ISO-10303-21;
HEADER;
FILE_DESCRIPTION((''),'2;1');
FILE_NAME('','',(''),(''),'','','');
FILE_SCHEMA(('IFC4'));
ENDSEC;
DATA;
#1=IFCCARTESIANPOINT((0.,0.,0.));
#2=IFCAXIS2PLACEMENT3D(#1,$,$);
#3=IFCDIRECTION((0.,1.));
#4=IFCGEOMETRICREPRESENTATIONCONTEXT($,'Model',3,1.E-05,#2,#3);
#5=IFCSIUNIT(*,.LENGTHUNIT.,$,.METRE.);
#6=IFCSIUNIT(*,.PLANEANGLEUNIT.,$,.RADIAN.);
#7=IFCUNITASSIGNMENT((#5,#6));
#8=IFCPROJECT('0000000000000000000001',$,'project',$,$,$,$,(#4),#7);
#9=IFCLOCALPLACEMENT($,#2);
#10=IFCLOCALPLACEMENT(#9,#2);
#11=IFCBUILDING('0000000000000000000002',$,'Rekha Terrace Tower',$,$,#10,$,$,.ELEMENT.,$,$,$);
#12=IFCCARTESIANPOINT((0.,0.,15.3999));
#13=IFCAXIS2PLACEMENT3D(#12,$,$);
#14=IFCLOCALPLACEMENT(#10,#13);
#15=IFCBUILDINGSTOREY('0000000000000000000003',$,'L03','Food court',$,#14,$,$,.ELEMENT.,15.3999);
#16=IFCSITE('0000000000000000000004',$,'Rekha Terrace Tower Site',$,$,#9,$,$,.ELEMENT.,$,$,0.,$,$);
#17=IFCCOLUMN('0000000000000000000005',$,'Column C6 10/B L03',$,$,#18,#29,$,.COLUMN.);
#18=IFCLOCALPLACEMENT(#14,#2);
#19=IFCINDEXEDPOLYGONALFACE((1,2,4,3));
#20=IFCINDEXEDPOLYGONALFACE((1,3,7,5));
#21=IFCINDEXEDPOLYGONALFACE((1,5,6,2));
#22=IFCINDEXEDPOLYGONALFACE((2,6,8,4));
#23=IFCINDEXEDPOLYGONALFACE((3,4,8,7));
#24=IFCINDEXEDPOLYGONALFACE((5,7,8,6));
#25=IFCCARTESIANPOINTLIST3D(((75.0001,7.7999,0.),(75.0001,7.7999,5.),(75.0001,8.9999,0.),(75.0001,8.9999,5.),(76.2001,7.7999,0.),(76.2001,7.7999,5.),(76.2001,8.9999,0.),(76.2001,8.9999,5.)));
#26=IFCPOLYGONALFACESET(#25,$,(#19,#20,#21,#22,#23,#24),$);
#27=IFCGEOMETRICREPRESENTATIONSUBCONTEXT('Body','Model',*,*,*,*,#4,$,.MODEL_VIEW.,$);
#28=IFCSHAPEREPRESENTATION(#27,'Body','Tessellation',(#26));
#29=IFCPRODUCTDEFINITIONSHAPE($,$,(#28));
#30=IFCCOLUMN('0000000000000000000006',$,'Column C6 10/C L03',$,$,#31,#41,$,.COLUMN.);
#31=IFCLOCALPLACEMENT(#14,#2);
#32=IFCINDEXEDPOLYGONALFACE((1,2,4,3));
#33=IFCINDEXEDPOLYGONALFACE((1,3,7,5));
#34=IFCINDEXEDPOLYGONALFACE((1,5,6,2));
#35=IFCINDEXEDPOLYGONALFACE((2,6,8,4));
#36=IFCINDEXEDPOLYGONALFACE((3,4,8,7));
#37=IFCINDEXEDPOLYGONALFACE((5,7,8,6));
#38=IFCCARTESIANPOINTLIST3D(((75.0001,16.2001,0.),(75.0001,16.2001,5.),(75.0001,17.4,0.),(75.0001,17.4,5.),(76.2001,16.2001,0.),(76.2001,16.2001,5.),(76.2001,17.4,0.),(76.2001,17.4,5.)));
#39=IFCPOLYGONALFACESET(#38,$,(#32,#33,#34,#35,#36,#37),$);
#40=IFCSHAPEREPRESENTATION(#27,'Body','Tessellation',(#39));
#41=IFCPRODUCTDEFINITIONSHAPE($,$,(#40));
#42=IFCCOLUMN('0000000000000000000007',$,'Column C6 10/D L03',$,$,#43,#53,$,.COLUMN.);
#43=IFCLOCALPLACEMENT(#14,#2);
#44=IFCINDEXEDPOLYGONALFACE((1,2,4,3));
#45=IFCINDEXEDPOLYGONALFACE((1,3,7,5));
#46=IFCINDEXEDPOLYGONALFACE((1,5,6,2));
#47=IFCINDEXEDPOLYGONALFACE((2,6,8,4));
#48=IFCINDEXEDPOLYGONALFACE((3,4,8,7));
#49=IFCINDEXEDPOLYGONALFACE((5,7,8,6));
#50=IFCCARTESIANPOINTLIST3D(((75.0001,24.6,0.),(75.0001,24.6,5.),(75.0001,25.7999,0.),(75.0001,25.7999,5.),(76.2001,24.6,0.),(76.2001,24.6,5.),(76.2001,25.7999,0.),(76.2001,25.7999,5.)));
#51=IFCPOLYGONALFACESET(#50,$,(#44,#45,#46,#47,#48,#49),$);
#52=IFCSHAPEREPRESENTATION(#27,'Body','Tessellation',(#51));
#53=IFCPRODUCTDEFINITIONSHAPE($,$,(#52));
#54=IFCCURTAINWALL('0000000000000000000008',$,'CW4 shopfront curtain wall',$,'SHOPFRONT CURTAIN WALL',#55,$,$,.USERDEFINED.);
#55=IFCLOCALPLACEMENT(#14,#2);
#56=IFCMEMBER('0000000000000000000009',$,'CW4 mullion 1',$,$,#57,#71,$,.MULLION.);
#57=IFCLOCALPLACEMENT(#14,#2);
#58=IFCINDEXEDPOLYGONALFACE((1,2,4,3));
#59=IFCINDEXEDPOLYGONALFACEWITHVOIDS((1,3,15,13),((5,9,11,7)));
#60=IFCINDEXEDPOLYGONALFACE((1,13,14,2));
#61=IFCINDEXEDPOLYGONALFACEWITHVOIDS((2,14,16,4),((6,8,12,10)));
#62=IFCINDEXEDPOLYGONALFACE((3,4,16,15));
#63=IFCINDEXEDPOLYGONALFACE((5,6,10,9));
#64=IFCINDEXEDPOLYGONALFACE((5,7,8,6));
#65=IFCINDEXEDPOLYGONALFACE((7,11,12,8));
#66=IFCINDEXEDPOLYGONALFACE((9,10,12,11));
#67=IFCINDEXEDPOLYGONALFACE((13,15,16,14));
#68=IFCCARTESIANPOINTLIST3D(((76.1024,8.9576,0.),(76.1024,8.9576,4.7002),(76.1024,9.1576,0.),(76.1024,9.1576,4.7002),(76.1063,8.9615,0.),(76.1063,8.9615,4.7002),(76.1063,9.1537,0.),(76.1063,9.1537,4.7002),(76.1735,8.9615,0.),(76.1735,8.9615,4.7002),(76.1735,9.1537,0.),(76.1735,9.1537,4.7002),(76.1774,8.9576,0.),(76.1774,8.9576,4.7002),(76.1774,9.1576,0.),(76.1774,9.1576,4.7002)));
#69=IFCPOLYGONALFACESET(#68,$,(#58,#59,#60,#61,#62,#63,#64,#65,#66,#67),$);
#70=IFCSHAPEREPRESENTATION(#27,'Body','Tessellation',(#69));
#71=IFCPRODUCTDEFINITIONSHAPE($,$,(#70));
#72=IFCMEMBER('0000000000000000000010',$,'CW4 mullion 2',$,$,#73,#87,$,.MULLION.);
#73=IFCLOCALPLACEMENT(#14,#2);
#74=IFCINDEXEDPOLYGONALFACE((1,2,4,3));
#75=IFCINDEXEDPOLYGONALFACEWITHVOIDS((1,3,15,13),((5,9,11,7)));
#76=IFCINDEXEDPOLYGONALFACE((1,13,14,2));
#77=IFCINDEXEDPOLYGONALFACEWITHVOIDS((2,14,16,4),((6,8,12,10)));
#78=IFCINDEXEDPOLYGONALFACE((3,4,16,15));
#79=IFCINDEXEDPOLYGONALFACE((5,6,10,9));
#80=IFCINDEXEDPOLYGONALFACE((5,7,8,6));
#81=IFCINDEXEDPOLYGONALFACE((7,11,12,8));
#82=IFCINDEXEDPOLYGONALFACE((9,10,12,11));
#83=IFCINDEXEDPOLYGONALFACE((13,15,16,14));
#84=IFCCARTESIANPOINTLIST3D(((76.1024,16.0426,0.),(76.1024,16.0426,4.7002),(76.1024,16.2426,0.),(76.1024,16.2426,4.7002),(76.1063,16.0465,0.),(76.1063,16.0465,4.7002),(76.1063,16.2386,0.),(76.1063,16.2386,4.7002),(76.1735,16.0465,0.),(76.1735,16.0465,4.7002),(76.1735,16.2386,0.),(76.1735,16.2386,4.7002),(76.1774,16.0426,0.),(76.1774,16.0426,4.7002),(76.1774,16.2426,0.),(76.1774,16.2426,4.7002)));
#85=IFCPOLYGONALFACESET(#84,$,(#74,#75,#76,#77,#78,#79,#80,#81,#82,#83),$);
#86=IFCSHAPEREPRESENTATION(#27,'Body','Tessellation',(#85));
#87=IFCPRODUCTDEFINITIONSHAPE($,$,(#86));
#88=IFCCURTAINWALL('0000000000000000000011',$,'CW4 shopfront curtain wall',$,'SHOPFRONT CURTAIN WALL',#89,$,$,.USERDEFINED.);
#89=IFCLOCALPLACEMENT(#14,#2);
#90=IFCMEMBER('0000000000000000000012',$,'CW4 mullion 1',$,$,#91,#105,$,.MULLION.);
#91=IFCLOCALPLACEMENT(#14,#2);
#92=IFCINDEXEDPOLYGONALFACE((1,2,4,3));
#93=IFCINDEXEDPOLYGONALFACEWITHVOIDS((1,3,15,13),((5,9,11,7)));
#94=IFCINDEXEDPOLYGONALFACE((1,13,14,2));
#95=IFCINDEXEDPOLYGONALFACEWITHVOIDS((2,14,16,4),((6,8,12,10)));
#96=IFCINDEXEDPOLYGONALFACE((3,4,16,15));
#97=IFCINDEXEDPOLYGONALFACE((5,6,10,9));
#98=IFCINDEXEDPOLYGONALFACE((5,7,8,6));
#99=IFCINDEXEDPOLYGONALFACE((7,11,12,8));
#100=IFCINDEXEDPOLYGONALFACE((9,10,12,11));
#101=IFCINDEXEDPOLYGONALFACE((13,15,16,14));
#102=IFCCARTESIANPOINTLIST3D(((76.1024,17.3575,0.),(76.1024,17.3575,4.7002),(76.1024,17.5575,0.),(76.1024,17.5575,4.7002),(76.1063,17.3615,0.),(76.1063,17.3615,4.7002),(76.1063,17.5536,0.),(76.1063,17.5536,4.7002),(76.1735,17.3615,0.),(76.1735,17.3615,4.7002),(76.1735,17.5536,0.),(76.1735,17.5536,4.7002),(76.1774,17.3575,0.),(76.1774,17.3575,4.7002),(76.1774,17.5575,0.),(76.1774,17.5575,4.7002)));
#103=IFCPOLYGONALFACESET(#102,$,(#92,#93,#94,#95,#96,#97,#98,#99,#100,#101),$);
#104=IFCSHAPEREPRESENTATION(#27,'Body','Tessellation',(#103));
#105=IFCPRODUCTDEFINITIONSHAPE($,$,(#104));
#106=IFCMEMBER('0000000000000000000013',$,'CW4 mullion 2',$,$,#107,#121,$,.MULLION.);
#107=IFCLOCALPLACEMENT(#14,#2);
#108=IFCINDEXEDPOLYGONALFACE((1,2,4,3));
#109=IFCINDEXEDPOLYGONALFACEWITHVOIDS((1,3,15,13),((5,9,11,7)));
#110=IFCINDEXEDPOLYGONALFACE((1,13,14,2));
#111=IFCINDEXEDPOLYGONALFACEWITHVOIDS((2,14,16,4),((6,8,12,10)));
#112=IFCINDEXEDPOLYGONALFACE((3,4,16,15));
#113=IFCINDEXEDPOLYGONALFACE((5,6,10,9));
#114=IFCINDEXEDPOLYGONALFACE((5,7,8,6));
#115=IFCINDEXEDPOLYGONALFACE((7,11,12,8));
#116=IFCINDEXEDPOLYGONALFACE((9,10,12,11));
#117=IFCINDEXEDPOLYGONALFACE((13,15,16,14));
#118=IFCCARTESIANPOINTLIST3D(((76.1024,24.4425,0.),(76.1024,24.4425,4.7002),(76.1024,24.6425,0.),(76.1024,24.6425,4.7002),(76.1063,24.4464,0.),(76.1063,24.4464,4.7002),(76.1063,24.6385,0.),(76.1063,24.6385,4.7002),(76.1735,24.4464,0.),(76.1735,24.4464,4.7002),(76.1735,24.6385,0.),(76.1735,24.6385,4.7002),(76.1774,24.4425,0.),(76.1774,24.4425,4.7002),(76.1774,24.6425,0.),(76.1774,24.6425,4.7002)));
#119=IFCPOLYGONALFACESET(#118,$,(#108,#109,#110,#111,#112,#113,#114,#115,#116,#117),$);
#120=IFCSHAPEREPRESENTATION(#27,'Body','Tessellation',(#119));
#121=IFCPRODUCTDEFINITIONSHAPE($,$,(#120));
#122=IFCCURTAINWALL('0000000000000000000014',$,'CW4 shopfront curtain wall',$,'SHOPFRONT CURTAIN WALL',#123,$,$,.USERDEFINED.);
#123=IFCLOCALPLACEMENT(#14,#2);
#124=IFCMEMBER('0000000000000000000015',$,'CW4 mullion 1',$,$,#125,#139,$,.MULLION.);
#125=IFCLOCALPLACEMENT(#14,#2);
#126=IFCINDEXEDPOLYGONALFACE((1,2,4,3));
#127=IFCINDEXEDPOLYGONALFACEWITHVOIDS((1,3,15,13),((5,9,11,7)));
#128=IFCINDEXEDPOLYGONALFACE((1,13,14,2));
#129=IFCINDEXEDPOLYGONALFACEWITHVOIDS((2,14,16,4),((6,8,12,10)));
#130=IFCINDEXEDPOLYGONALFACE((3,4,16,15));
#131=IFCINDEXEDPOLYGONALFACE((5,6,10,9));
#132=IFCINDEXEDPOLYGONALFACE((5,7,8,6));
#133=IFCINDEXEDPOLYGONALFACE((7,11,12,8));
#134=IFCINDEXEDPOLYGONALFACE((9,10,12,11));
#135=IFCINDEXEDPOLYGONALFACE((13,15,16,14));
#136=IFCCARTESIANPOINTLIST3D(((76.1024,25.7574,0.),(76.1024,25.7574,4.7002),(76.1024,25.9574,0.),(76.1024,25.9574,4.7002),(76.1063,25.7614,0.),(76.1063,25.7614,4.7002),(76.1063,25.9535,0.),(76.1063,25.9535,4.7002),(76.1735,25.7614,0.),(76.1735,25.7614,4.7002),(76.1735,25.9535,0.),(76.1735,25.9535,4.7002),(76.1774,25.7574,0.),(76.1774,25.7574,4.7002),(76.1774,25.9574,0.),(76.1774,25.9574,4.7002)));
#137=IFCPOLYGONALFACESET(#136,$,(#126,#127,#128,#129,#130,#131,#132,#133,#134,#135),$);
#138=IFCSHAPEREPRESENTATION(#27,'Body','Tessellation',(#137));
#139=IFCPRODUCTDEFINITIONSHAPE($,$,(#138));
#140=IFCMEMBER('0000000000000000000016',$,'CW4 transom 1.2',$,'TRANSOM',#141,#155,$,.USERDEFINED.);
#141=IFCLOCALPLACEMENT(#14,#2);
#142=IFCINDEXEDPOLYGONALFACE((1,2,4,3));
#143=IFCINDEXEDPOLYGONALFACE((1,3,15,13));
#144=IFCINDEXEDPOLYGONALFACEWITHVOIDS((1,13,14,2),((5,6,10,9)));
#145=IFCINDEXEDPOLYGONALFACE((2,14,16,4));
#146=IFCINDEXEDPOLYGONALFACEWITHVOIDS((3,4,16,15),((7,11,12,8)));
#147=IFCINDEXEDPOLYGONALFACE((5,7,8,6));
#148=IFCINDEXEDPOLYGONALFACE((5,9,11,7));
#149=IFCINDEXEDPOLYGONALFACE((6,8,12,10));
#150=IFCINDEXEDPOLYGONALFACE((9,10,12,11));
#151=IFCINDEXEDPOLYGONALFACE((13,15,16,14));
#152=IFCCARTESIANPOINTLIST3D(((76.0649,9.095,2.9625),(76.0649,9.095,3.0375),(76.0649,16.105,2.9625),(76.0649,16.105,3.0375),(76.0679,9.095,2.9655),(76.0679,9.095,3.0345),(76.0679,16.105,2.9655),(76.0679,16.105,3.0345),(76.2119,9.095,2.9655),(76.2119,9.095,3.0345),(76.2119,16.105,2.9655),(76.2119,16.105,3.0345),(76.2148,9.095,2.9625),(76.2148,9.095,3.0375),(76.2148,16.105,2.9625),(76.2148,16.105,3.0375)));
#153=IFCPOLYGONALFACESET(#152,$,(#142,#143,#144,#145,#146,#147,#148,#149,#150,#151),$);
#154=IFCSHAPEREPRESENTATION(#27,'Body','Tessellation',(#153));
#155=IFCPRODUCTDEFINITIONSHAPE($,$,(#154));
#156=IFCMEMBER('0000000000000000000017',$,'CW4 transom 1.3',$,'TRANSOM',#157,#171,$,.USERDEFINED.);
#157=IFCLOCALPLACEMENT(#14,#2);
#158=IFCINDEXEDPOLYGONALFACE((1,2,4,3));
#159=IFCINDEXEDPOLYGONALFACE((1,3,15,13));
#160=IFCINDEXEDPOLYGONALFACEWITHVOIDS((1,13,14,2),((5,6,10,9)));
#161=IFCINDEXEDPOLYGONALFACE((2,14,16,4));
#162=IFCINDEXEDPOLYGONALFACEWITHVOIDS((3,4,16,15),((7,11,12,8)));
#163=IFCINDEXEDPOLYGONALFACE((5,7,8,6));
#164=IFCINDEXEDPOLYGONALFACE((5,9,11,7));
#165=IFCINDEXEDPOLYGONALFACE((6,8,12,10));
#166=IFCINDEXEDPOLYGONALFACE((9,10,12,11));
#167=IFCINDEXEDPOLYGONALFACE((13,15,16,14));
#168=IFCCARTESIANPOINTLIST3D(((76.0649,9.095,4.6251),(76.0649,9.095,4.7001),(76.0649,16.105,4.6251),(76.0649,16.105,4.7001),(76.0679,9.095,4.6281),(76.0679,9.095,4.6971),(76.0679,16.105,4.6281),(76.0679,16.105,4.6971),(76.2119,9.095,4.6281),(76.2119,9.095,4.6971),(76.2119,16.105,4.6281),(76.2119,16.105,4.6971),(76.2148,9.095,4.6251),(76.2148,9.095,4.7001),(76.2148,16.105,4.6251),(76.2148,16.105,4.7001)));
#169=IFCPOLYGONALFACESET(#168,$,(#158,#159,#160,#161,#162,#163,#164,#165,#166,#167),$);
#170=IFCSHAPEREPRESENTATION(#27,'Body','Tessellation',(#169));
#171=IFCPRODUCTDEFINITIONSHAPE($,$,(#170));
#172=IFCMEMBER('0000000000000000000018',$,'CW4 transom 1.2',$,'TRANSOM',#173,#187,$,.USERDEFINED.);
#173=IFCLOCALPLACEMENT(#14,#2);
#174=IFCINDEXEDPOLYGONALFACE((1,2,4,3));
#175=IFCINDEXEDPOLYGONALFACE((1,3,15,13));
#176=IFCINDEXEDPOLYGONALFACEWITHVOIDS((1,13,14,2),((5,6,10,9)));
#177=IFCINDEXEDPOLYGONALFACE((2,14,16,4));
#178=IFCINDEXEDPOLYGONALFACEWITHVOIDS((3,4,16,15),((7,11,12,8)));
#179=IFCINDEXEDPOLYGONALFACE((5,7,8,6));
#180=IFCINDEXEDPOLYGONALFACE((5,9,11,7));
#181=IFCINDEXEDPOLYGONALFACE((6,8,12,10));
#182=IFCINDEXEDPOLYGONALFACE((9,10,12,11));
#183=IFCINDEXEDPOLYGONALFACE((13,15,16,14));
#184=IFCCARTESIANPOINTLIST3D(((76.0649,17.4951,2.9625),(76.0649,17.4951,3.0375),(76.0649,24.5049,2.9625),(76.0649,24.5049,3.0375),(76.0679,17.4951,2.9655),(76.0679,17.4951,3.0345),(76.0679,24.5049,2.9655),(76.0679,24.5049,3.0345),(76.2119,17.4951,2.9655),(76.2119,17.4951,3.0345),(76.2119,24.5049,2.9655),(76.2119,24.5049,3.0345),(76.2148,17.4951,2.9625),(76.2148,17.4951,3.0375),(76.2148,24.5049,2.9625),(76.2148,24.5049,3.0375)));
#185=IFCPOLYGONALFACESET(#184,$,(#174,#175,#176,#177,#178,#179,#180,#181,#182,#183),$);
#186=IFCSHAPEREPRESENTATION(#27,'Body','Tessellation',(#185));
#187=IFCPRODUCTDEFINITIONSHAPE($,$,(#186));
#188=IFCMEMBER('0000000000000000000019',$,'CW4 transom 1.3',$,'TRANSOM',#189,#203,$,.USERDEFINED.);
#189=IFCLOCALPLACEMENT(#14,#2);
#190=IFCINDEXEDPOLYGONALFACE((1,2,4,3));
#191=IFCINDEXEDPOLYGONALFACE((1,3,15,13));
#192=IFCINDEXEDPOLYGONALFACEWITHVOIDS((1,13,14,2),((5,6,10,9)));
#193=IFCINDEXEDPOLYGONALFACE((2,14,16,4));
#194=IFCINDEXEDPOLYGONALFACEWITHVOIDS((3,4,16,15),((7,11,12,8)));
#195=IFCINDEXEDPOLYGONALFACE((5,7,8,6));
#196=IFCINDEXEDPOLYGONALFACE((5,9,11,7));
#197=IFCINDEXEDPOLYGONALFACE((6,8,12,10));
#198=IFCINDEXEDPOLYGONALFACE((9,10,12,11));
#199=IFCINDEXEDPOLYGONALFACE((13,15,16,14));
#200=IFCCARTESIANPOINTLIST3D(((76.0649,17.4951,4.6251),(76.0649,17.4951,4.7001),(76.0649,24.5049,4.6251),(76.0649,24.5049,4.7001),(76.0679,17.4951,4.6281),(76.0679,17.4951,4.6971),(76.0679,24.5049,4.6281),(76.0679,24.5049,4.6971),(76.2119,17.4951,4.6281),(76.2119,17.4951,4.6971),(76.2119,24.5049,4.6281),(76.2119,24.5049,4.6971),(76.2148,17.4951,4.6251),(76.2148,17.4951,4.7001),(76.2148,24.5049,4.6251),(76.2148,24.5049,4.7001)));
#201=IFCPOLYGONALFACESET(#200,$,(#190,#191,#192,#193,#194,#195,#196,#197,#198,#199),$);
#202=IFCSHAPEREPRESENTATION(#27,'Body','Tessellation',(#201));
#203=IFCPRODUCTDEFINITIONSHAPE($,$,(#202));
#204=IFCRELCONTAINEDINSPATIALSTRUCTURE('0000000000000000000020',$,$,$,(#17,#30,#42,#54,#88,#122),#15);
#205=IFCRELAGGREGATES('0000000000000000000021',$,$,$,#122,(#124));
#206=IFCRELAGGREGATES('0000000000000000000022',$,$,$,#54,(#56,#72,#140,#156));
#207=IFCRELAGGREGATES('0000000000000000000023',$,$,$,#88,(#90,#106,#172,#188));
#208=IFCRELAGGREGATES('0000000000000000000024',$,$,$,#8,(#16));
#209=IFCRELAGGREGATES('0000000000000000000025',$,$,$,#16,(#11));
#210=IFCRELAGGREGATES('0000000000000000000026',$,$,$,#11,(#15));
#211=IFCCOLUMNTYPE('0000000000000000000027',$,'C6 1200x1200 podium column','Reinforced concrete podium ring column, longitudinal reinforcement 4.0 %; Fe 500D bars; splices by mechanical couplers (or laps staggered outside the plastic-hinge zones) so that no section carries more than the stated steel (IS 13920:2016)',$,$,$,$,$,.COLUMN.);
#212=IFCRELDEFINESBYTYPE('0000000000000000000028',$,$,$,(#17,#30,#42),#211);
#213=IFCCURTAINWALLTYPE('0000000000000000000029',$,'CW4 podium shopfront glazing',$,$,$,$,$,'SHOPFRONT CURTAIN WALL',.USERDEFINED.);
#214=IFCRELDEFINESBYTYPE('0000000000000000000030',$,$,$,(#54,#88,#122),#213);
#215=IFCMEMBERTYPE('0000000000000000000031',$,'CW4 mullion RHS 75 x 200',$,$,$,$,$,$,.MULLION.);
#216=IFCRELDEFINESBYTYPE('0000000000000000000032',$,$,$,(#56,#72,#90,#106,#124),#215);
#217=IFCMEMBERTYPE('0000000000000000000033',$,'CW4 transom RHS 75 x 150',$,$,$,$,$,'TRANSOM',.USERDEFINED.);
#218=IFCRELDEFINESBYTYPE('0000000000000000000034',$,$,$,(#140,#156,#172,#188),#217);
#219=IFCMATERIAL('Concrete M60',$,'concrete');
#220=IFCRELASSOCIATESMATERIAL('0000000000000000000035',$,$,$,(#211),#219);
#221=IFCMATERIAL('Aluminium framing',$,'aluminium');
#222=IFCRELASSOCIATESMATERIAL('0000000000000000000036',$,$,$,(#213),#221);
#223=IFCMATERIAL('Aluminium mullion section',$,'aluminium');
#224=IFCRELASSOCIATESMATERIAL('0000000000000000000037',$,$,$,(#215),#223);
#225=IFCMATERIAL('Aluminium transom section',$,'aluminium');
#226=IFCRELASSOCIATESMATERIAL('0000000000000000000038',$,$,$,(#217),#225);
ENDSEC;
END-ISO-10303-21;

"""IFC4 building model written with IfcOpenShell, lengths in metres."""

from ifc_helpers import new_model, si_unit, direction, frame, origin, origin_2d, place, context, subcontext, project, spatial, rectangle, hollow_rectangle, extrude, material, material_profile, profile_set, type_object, element, aggregate, save


model = new_model("IFC4")

# Units and contexts
model_context = context("Model", 3, precision=1e-05, world=origin(), true_north=direction((0.0, 1.0)))
body_context = subcontext(model_context, "Body", "Model", "MODEL_VIEW")
ifc_project = project(units=[si_unit("LENGTHUNIT", "METRE"), si_unit("PLANEANGLEUNIT", "RADIAN")], contexts=[model_context])

# Site, building, storey
site_placement = place(None, origin())
site = spatial("IfcSite", under=ifc_project, at=site_placement, Name="Rekha Terrace Tower Site", CompositionType="ELEMENT", RefElevation=0.0)
building_placement = place(site_placement, origin())
building = spatial("IfcBuilding", under=site, at=building_placement, Name="Rekha Terrace Tower", CompositionType="ELEMENT")
storey_placement = place(building_placement, frame((0.0, 0.0, 15.3999)))
storey = spatial("IfcBuildingStorey", under=building, at=storey_placement, Name="L03", Description="Food court", CompositionType="ELEMENT", Elevation=15.3999)

# Columns
ifc_material_1 = material(Name="Concrete M60", Category="concrete")
ifc_material_profile_1 = material_profile(ifc_material_1, rectangle(XDim=1.2, YDim=1.2, at=origin_2d()), Name="RC 1200x1200")
ifc_profile_set_1 = profile_set([ifc_material_profile_1], Name="Concrete M60")
column_type = type_object("IfcColumnType", Name="C6 1200x1200 podium column", Description="Reinforced concrete podium ring column, longitudinal reinforcement 4.0 %; Fe 500D bars; splices by mechanical couplers (or laps staggered outside the plastic-hinge zones) so that no section carries more than the stated steel (IS 13920:2016)", PredefinedType="COLUMN", material=ifc_profile_set_1)
for number, where, z_axis, x_axis, name in (
    (1, (75.6001, 8.3999, 0.0), (0.0, 0.0, 1.0), (1.0, 0.0, 0.0), "Column C6 10/B L03"),
    (2, (75.6001, 16.8, 0.0), (0.0, 0.0, 1.0), (1.0, 0.0, 0.0), "Column C6 10/C L03"),
    (3, (75.6001, 25.2, 0.0), (0.0, 0.0, 1.0), (1.0, 0.0, 0.0), "Column C6 10/D L03"),
):
    element("IfcColumn", number, at=place(storey_placement, frame(where, z_axis=z_axis, x_axis=x_axis)), inside=storey, type_object=column_type, Name=name, PredefinedType="COLUMN", context=body_context, shape_type="SweptSolid", body=[
        extrude(rectangle(XDim=1.2, YDim=1.2, at=origin_2d()), origin(), (0.0, 0.0, 1.0), 5.0),
    ])

# Curtain walls, members
ifc_material_2 = material(Name="Aluminium framing", Category="aluminium")
curtain_wall_type = type_object("IfcCurtainWallType", Name="CW4 podium shopfront glazing", ElementType="SHOPFRONT CURTAIN WALL", PredefinedType="USERDEFINED", material=ifc_material_2)
curtain_wall_1_placement = place(storey_placement, origin())
curtain_wall_1 = element("IfcCurtainWall", 4, at=curtain_wall_1_placement, inside=storey, type_object=curtain_wall_type, Name="CW4 shopfront curtain wall", ObjectType="SHOPFRONT CURTAIN WALL", PredefinedType="USERDEFINED")
ifc_material_3 = material(Name="Aluminium mullion section", Category="aluminium")
ifc_material_profile_2 = material_profile(ifc_material_3, hollow_rectangle(XDim=0.075, YDim=0.2, WallThickness=0.0039, at=origin_2d()), Name="AL RHS 75x200")
ifc_profile_set_2 = profile_set([ifc_material_profile_2], Name="Aluminium mullion section")
member_type_1 = type_object("IfcMemberType", Name="CW4 mullion RHS 75 x 200", PredefinedType="MULLION", material=ifc_profile_set_2)
member_1_placement = place(storey_placement, frame((76.1399, 9.0576, 0.0), z_axis=(0.0, 0.0, 1.0), x_axis=(-1.0, 0.0, 0.0)))
member_1 = element("IfcMember", 5, at=member_1_placement, type_object=member_type_1, Name="CW4 mullion 1", PredefinedType="MULLION", context=body_context, shape_type="SweptSolid", body=[
    extrude(hollow_rectangle(XDim=0.075, YDim=0.2, WallThickness=0.0039, at=origin_2d()), origin(), (0.0, 0.0, 1.0), 4.7002),
])
member_2_placement = place(storey_placement, frame((76.1399, 16.1426, 0.0), z_axis=(0.0, 0.0, 1.0), x_axis=(-1.0, 0.0, 0.0)))
member_2 = element("IfcMember", 6, at=member_2_placement, type_object=member_type_1, Name="CW4 mullion 2", PredefinedType="MULLION", context=body_context, shape_type="SweptSolid", body=[
    extrude(hollow_rectangle(XDim=0.075, YDim=0.2, WallThickness=0.0039, at=origin_2d()), origin(), (0.0, 0.0, 1.0), 4.7002),
])
curtain_wall_2_placement = place(storey_placement, origin())
curtain_wall_2 = element("IfcCurtainWall", 7, at=curtain_wall_2_placement, inside=storey, type_object=curtain_wall_type, Name="CW4 shopfront curtain wall", ObjectType="SHOPFRONT CURTAIN WALL", PredefinedType="USERDEFINED")
member_3_placement = place(storey_placement, frame((76.1399, 17.4575, 0.0), z_axis=(0.0, 0.0, 1.0), x_axis=(-1.0, 0.0, 0.0)))
member_3 = element("IfcMember", 8, at=member_3_placement, type_object=member_type_1, Name="CW4 mullion 1", PredefinedType="MULLION", context=body_context, shape_type="SweptSolid", body=[
    extrude(hollow_rectangle(XDim=0.075, YDim=0.2, WallThickness=0.0039, at=origin_2d()), origin(), (0.0, 0.0, 1.0), 4.7002),
])
member_4_placement = place(storey_placement, frame((76.1399, 24.5425, 0.0), z_axis=(0.0, 0.0, 1.0), x_axis=(-1.0, 0.0, 0.0)))
member_4 = element("IfcMember", 9, at=member_4_placement, type_object=member_type_1, Name="CW4 mullion 2", PredefinedType="MULLION", context=body_context, shape_type="SweptSolid", body=[
    extrude(hollow_rectangle(XDim=0.075, YDim=0.2, WallThickness=0.0039, at=origin_2d()), origin(), (0.0, 0.0, 1.0), 4.7002),
])

# Curtain wall, member
curtain_wall_3_placement = place(storey_placement, origin())
curtain_wall_3 = element("IfcCurtainWall", 10, at=curtain_wall_3_placement, inside=storey, type_object=curtain_wall_type, Name="CW4 shopfront curtain wall", ObjectType="SHOPFRONT CURTAIN WALL", PredefinedType="USERDEFINED")
member_5_placement = place(storey_placement, frame((76.1399, 25.8574, 0.0), z_axis=(0.0, 0.0, 1.0), x_axis=(-1.0, 0.0, 0.0)))
member_5 = element("IfcMember", 11, at=member_5_placement, type_object=member_type_1, Name="CW4 mullion 1", PredefinedType="MULLION", context=body_context, shape_type="SweptSolid", body=[
    extrude(hollow_rectangle(XDim=0.075, YDim=0.2, WallThickness=0.0039, at=origin_2d()), origin(), (0.0, 0.0, 1.0), 4.7002),
])

# Members
ifc_material_4 = material(Name="Aluminium transom section", Category="aluminium")
ifc_material_profile_3 = material_profile(ifc_material_4, hollow_rectangle(XDim=0.1499, YDim=0.075, WallThickness=0.0029, at=origin_2d()), Name="AL RHS 150x75")
ifc_profile_set_3 = profile_set([ifc_material_profile_3], Name="Aluminium transom section")
member_type_2 = type_object("IfcMemberType", Name="CW4 transom RHS 75 x 150", ElementType="TRANSOM", PredefinedType="USERDEFINED", material=ifc_profile_set_3)
member_6_placement = place(storey_placement, frame((76.1399, 9.095, 3.0), z_axis=(0.0, 1.0, 0.0), x_axis=(-1.0, 0.0, 0.0)))
member_6 = element("IfcMember", 12, at=member_6_placement, type_object=member_type_2, Name="CW4 transom 1.2", ObjectType="TRANSOM", PredefinedType="USERDEFINED", context=body_context, shape_type="SweptSolid", body=[
    extrude(hollow_rectangle(XDim=0.1499, YDim=0.075, WallThickness=0.0029, at=origin_2d()), origin(), (0.0, 0.0, 1.0), 7.01),
])
member_7_placement = place(storey_placement, frame((76.1399, 9.095, 4.6626), z_axis=(0.0, 1.0, 0.0), x_axis=(-1.0, 0.0, 0.0)))
member_7 = element("IfcMember", 13, at=member_7_placement, type_object=member_type_2, Name="CW4 transom 1.3", ObjectType="TRANSOM", PredefinedType="USERDEFINED", context=body_context, shape_type="SweptSolid", body=[
    extrude(hollow_rectangle(XDim=0.1499, YDim=0.075, WallThickness=0.0029, at=origin_2d()), origin(), (0.0, 0.0, 1.0), 7.01),
])
member_8_placement = place(storey_placement, frame((76.1399, 17.4951, 3.0), z_axis=(0.0, 1.0, 0.0), x_axis=(-1.0, 0.0, 0.0)))
member_8 = element("IfcMember", 14, at=member_8_placement, type_object=member_type_2, Name="CW4 transom 1.2", ObjectType="TRANSOM", PredefinedType="USERDEFINED", context=body_context, shape_type="SweptSolid", body=[
    extrude(hollow_rectangle(XDim=0.1499, YDim=0.075, WallThickness=0.0029, at=origin_2d()), origin(), (0.0, 0.0, 1.0), 7.0098),
])
member_9_placement = place(storey_placement, frame((76.1399, 17.4951, 4.6626), z_axis=(0.0, 1.0, 0.0), x_axis=(-1.0, 0.0, 0.0)))
member_9 = element("IfcMember", 15, at=member_9_placement, type_object=member_type_2, Name="CW4 transom 1.3", ObjectType="TRANSOM", PredefinedType="USERDEFINED", context=body_context, shape_type="SweptSolid", body=[
    extrude(hollow_rectangle(XDim=0.1499, YDim=0.075, WallThickness=0.0029, at=origin_2d()), origin(), (0.0, 0.0, 1.0), 7.0098),
])
aggregate(curtain_wall_3, [member_5])

aggregate(curtain_wall_1, [member_1, member_2, member_6, member_7])
aggregate(curtain_wall_2, [member_3, member_4, member_8, member_9])

save(model, "model.ifc")
